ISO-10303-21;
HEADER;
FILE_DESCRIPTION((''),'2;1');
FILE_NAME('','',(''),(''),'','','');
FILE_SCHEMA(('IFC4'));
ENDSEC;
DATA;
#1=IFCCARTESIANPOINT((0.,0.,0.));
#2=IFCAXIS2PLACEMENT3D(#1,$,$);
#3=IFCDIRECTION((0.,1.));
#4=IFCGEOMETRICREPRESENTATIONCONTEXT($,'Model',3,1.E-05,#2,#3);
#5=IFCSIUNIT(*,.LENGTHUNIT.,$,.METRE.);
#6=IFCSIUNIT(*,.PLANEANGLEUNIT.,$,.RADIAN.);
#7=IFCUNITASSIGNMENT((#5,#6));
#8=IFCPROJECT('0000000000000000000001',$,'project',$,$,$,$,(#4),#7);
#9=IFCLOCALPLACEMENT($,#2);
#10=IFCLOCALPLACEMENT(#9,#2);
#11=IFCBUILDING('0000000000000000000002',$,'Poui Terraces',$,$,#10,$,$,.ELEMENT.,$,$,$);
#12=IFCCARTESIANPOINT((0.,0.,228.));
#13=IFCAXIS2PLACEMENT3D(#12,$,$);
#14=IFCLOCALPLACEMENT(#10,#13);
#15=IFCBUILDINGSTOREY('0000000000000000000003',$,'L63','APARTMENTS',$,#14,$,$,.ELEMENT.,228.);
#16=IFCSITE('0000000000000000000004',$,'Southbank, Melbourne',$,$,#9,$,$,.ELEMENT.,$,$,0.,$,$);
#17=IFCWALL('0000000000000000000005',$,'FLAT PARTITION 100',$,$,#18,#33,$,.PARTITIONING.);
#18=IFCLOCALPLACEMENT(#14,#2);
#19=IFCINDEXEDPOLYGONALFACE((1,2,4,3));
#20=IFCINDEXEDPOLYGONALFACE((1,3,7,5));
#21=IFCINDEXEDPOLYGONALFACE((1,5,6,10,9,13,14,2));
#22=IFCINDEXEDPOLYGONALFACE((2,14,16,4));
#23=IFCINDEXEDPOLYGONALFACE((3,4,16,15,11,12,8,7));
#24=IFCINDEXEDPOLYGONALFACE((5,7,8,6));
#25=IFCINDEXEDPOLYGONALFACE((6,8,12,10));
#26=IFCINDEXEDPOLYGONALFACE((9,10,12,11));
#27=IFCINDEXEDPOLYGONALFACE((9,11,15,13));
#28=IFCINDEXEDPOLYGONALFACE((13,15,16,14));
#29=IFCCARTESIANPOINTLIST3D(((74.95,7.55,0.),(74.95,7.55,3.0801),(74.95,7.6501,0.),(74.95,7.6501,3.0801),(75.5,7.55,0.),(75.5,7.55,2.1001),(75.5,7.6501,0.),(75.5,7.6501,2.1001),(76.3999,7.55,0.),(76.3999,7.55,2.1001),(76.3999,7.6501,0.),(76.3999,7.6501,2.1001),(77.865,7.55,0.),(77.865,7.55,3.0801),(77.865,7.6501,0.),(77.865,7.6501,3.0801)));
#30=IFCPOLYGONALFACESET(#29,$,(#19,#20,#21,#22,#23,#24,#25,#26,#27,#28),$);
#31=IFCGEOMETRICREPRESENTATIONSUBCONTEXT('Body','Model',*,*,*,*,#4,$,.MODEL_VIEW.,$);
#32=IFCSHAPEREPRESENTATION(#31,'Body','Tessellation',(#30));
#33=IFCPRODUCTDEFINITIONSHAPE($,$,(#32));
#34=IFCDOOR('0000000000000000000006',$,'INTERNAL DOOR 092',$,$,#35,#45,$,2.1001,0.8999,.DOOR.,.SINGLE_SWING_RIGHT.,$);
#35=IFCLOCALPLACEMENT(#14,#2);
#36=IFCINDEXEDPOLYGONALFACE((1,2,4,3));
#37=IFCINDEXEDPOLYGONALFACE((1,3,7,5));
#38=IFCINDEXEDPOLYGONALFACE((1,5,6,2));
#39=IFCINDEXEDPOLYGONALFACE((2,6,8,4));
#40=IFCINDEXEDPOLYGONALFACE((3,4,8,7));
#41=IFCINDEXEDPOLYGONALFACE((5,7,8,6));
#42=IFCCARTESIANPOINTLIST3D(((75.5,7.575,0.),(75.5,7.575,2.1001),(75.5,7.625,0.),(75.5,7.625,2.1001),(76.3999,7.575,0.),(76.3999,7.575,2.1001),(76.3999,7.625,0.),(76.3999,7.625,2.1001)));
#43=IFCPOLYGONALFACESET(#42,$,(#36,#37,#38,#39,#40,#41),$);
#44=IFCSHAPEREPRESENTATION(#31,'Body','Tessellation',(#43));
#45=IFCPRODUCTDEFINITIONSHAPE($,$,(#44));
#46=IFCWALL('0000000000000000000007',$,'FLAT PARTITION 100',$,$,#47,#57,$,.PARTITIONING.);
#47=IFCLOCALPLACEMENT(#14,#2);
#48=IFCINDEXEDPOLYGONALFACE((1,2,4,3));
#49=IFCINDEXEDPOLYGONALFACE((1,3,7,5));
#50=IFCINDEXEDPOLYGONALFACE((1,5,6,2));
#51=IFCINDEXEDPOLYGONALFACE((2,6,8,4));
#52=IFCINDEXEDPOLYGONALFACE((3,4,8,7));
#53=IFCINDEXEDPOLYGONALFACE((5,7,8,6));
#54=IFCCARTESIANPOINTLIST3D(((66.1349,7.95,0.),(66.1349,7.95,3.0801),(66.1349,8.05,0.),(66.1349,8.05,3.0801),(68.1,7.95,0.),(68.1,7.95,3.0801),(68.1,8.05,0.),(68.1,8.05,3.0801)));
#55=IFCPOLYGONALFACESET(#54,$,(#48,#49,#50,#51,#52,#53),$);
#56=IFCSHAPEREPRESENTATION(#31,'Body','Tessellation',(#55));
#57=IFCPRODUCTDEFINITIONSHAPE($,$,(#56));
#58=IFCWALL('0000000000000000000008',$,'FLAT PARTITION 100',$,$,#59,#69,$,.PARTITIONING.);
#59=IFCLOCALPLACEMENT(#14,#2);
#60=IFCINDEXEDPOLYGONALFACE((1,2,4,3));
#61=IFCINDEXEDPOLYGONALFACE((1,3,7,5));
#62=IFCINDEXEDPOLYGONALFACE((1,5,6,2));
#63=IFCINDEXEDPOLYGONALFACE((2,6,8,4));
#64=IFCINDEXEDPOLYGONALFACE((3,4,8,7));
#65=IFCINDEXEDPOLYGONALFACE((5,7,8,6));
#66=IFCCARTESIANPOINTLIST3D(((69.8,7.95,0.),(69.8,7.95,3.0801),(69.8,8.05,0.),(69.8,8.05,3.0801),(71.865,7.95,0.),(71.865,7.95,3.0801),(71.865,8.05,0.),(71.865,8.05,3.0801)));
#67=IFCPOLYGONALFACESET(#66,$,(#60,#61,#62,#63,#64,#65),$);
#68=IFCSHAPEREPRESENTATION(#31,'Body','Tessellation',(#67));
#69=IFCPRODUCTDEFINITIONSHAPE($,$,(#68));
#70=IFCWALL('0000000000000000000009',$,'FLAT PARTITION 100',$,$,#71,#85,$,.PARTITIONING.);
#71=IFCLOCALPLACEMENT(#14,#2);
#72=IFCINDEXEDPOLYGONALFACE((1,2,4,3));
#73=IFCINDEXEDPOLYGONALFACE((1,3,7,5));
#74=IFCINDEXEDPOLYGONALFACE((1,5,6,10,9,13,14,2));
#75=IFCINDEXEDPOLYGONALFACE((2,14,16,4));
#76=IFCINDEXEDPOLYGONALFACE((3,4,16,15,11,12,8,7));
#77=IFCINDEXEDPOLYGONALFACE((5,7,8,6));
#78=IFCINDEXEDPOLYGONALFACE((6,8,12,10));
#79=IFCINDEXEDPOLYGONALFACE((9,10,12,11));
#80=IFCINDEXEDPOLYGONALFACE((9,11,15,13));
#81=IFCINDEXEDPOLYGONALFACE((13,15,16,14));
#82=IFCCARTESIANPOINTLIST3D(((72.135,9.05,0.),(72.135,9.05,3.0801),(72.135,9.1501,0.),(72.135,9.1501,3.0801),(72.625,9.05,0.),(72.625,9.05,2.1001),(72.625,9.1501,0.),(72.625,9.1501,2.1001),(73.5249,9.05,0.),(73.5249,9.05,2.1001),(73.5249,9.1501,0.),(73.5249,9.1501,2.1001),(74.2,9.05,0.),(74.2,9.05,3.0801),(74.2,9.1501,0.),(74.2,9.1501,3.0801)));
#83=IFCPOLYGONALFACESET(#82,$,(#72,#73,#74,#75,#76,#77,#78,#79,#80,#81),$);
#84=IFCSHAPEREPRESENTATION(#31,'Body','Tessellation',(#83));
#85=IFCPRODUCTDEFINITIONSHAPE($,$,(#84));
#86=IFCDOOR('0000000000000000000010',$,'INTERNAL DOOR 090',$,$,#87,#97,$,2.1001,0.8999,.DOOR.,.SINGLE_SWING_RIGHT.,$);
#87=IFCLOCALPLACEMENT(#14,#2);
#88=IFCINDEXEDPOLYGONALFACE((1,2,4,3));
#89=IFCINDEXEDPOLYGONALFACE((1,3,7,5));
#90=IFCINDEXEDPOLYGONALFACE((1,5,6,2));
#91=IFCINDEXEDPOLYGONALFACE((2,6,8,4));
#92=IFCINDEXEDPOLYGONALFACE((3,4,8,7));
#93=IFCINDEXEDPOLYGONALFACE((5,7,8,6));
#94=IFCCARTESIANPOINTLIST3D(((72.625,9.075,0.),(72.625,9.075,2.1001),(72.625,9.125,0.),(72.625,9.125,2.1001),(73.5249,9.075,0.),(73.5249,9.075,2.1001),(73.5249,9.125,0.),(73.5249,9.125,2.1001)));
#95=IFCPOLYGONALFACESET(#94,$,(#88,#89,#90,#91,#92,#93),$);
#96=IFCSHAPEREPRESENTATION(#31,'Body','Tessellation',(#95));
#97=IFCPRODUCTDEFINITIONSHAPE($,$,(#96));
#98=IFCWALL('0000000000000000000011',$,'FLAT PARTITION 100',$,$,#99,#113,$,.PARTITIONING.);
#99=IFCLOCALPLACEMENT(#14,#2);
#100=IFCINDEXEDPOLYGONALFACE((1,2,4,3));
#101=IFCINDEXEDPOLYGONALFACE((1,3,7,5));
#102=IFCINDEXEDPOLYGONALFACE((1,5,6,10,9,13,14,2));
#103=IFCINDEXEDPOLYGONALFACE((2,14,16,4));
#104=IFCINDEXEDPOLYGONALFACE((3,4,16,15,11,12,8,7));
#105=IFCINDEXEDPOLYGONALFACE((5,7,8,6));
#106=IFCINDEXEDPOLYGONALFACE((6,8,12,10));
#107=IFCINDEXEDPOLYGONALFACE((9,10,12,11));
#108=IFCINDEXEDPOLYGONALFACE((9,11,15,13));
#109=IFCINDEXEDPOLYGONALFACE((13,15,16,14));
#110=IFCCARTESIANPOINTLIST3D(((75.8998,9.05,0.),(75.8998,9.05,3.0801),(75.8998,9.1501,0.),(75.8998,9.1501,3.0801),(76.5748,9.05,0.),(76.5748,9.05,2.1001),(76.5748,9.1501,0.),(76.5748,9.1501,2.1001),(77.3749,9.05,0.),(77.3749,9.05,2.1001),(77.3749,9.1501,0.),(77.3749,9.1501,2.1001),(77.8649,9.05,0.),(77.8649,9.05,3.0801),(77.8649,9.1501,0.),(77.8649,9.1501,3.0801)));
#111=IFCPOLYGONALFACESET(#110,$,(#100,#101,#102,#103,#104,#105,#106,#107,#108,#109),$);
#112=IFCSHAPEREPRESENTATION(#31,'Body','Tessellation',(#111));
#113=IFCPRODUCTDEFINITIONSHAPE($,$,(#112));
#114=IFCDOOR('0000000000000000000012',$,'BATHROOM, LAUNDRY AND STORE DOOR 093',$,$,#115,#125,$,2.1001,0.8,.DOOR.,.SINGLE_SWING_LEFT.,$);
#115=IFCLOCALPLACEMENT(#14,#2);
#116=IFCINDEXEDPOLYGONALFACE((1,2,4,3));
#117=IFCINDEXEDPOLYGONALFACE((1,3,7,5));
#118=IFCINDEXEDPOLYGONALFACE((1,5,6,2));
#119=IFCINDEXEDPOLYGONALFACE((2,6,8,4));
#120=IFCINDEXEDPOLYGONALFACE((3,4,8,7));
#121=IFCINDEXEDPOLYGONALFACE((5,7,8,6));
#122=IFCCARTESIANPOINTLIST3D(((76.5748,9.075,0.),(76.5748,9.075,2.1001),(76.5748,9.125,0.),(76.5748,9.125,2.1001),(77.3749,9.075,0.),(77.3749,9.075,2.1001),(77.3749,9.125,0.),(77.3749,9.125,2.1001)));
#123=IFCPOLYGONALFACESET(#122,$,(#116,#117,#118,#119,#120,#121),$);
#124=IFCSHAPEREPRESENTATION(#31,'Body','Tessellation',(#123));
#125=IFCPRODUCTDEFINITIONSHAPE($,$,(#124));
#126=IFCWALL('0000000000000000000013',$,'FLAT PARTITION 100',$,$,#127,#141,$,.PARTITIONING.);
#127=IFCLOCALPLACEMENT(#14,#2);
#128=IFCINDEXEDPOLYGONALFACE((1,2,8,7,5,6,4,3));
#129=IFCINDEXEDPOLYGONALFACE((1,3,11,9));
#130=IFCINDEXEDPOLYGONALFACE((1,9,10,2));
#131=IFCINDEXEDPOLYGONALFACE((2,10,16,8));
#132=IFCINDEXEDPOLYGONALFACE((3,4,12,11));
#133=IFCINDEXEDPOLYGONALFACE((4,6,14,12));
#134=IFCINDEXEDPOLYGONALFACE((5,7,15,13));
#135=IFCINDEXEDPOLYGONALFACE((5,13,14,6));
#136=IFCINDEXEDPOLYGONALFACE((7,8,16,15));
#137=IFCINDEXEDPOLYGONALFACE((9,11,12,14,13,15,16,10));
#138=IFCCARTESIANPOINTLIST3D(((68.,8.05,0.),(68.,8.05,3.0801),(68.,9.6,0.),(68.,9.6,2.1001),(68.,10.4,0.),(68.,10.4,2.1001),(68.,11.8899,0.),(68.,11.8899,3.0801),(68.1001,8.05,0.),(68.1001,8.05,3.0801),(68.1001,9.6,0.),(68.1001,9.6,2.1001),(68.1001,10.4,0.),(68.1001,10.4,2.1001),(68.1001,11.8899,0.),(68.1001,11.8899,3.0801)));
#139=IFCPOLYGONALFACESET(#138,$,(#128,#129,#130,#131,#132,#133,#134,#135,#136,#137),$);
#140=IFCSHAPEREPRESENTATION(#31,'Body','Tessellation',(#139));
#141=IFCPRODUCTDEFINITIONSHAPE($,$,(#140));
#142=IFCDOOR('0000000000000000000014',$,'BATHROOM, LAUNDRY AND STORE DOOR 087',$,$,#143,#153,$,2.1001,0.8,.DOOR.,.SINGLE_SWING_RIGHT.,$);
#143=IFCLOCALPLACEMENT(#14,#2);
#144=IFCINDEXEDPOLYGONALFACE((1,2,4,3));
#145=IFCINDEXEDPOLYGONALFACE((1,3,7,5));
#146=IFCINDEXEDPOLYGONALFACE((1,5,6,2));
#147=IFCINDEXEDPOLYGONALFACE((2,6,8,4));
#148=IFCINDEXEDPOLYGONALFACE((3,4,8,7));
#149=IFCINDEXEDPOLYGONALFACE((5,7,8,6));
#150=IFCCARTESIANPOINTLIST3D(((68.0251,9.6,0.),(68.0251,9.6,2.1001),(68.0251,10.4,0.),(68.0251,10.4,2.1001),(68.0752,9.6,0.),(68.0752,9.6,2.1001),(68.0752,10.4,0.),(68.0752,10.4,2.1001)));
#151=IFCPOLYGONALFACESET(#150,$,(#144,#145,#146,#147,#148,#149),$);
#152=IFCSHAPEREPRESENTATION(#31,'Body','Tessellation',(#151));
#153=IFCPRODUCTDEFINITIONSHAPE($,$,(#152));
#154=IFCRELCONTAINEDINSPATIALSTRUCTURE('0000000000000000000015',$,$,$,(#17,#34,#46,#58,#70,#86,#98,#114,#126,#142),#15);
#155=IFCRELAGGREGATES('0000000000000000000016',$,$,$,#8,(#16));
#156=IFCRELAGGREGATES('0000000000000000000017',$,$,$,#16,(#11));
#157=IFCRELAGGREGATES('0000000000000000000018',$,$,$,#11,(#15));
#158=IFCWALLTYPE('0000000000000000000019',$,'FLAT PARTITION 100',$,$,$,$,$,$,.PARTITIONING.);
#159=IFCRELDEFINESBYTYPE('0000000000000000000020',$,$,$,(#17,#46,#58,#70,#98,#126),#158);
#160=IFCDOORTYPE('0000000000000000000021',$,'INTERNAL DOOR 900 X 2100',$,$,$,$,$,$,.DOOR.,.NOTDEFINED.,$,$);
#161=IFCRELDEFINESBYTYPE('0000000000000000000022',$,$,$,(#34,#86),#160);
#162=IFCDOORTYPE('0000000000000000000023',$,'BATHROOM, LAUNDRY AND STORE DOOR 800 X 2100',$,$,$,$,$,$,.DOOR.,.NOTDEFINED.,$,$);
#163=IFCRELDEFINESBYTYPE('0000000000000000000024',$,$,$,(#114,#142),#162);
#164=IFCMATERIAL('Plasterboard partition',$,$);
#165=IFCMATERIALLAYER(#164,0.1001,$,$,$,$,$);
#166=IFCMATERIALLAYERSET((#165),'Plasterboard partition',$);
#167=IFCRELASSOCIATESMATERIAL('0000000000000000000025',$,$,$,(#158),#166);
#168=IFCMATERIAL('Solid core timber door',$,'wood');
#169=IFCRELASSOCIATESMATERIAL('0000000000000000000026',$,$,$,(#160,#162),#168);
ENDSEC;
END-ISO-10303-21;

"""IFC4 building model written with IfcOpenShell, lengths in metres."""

from ifc_helpers import new_model, si_unit, direction, frame, frame_2d, origin, place, context, subcontext, project, spatial, rectangle, extrude, material, layer, layer_set, type_object, element, fill, save


model = new_model("IFC4")

# Units and contexts
model_context = context("Model", 3, precision=1e-05, world=origin(), true_north=direction((0.0, 1.0)))
body_context = subcontext(model_context, "Body", "Model", "MODEL_VIEW")
ifc_project = project(units=[si_unit("LENGTHUNIT", "METRE"), si_unit("PLANEANGLEUNIT", "RADIAN")], contexts=[model_context])

# Site, building, storey
site_placement = place(None, origin())
site = spatial("IfcSite", under=ifc_project, at=site_placement, Name="Southbank, Melbourne", CompositionType="ELEMENT", RefElevation=0.0)
building_placement = place(site_placement, origin())
building = spatial("IfcBuilding", under=site, at=building_placement, Name="Poui Terraces", CompositionType="ELEMENT")
storey_placement = place(building_placement, frame((0.0, 0.0, 228.0)))
storey = spatial("IfcBuildingStorey", under=building, at=storey_placement, Name="L63", Description="APARTMENTS", CompositionType="ELEMENT", Elevation=228.0)

# Wall, opening, door
ifc_material_1 = material(Name="Plasterboard partition")
ifc_layer_1 = layer(ifc_material_1, 0.1001)
ifc_layer_set_1 = layer_set([ifc_layer_1], Name="Plasterboard partition")
wall_type_1 = type_object("IfcWallType", Name="FLAT PARTITION 100", PredefinedType="PARTITIONING", material=ifc_layer_set_1)
wall_1_placement = place(storey_placement, frame((74.95, 7.6001, 0.0), z_axis=(0.0, 0.0, 1.0), x_axis=(1.0, 0.0, 0.0)))
wall_1 = element("IfcWall", 1, at=wall_1_placement, inside=storey, type_object=wall_type_1, Name="FLAT PARTITION 100", PredefinedType="PARTITIONING", context=body_context, shape_type="SweptSolid", body=[
    extrude(rectangle(XDim=2.915, YDim=0.1001, at=frame_2d((1.4575, 0.0))), origin(), (0.0, 0.0, 1.0), 3.0801),
])
opening_1_placement = place(wall_1_placement, frame((0.55, 0.0, 0.0)))
opening_1 = element("IfcOpeningElement", 2, at=opening_1_placement, cuts=wall_1, PredefinedType="OPENING", context=body_context, shape_type="SweptSolid", body=[
    extrude(rectangle(XDim=0.8999, YDim=2.1001, at=frame_2d((0.45, 1.05))), frame((0.0, 0.0601, 0.0), z_axis=(0.0, -1.0, 0.0), x_axis=(1.0, 0.0, 0.0)), (0.0, 0.0, 1.0), 0.1201),
])
ifc_material_2 = material(Name="Solid core timber door", Category="wood")
door_type_1 = type_object("IfcDoorType", Name="INTERNAL DOOR 900 X 2100", OperationType="NOTDEFINED", PredefinedType="DOOR", material=ifc_material_2)
door_1_placement = place(opening_1_placement, origin())
door_1 = element("IfcDoor", 3, at=door_1_placement, inside=storey, type_object=door_type_1, Name="INTERNAL DOOR 092", OperationType="SINGLE_SWING_RIGHT", OverallHeight=2.1001, OverallWidth=0.8999, PredefinedType="DOOR", context=body_context, shape_type="SweptSolid", body=[
    extrude(rectangle(XDim=0.8999, YDim=2.1001, at=frame_2d((0.45, 1.05))), frame((0.0, 0.0249, 0.0), z_axis=(0.0, -1.0, 0.0), x_axis=(1.0, 0.0, 0.0)), (0.0, 0.0, 1.0), 0.05),
])
fill(opening_1, door_1)

# Walls
wall_2_placement = place(storey_placement, frame((66.135, 8.0, 0.0), z_axis=(0.0, 0.0, 1.0), x_axis=(1.0, 0.0, 0.0)))
element("IfcWall", 4, at=wall_2_placement, inside=storey, type_object=wall_type_1, Name="FLAT PARTITION 100", PredefinedType="PARTITIONING", context=body_context, shape_type="SweptSolid", body=[
    extrude(rectangle(XDim=1.9651, YDim=0.1001, at=frame_2d((0.9824, 0.0))), origin(), (0.0, 0.0, 1.0), 3.0801),
])
wall_3_placement = place(storey_placement, frame((69.8, 8.0, 0.0), z_axis=(0.0, 0.0, 1.0), x_axis=(1.0, 0.0, 0.0)))
element("IfcWall", 5, at=wall_3_placement, inside=storey, type_object=wall_type_1, Name="FLAT PARTITION 100", PredefinedType="PARTITIONING", context=body_context, shape_type="SweptSolid", body=[
    extrude(rectangle(XDim=2.0649, YDim=0.1001, at=frame_2d((1.0325, 0.0))), origin(), (0.0, 0.0, 1.0), 3.0801),
])

# Walls, openings, doors
wall_4_placement = place(storey_placement, frame((72.135, 9.1001, 0.0), z_axis=(0.0, 0.0, 1.0), x_axis=(1.0, 0.0, 0.0)))
wall_4 = element("IfcWall", 6, at=wall_4_placement, inside=storey, type_object=wall_type_1, Name="FLAT PARTITION 100", PredefinedType="PARTITIONING", context=body_context, shape_type="SweptSolid", body=[
    extrude(rectangle(XDim=2.0649, YDim=0.1001, at=frame_2d((1.0325, 0.0))), origin(), (0.0, 0.0, 1.0), 3.0801),
])
opening_2_placement = place(wall_4_placement, frame((0.49, 0.0, 0.0)))
opening_2 = element("IfcOpeningElement", 7, at=opening_2_placement, cuts=wall_4, PredefinedType="OPENING", context=body_context, shape_type="SweptSolid", body=[
    extrude(rectangle(XDim=0.8999, YDim=2.1001, at=frame_2d((0.45, 1.05))), frame((0.0, 0.0601, 0.0), z_axis=(0.0, -1.0, 0.0), x_axis=(1.0, 0.0, 0.0)), (0.0, 0.0, 1.0), 0.1201),
])
door_2_placement = place(opening_2_placement, origin())
door_2 = element("IfcDoor", 8, at=door_2_placement, inside=storey, type_object=door_type_1, Name="INTERNAL DOOR 090", OperationType="SINGLE_SWING_RIGHT", OverallHeight=2.1001, OverallWidth=0.8999, PredefinedType="DOOR", context=body_context, shape_type="SweptSolid", body=[
    extrude(rectangle(XDim=0.8999, YDim=2.1001, at=frame_2d((0.45, 1.05))), frame((0.0, 0.0249, 0.0), z_axis=(0.0, -1.0, 0.0), x_axis=(1.0, 0.0, 0.0)), (0.0, 0.0, 1.0), 0.05),
])
fill(opening_2, door_2)
wall_5_placement = place(storey_placement, frame((75.8999, 9.1001, 0.0), z_axis=(0.0, 0.0, 1.0), x_axis=(1.0, 0.0, 0.0)))
wall_5 = element("IfcWall", 9, at=wall_5_placement, inside=storey, type_object=wall_type_1, Name="FLAT PARTITION 100", PredefinedType="PARTITIONING", context=body_context, shape_type="SweptSolid", body=[
    extrude(rectangle(XDim=1.9651, YDim=0.1001, at=frame_2d((0.9824, 0.0))), origin(), (0.0, 0.0, 1.0), 3.0801),
])
opening_3_placement = place(wall_5_placement, frame((0.675, 0.0, 0.0)))
opening_3 = element("IfcOpeningElement", 10, at=opening_3_placement, cuts=wall_5, PredefinedType="OPENING", context=body_context, shape_type="SweptSolid", body=[
    extrude(rectangle(XDim=0.8, YDim=2.1001, at=frame_2d((0.3999, 1.05))), frame((0.0, 0.0601, 0.0), z_axis=(0.0, -1.0, 0.0), x_axis=(1.0, 0.0, 0.0)), (0.0, 0.0, 1.0), 0.1201),
])
door_type_2 = type_object("IfcDoorType", Name="BATHROOM, LAUNDRY AND STORE DOOR 800 X 2100", OperationType="NOTDEFINED", PredefinedType="DOOR", material=ifc_material_2)
door_3_placement = place(opening_3_placement, origin())
door_3 = element("IfcDoor", 11, at=door_3_placement, inside=storey, type_object=door_type_2, Name="BATHROOM, LAUNDRY AND STORE DOOR 093", OperationType="SINGLE_SWING_LEFT", OverallHeight=2.1001, OverallWidth=0.8, PredefinedType="DOOR", context=body_context, shape_type="SweptSolid", body=[
    extrude(rectangle(XDim=0.8, YDim=2.1001, at=frame_2d((0.3999, 1.05))), frame((0.0, 0.0249, 0.0), z_axis=(0.0, -1.0, 0.0), x_axis=(1.0, 0.0, 0.0)), (0.0, 0.0, 1.0), 0.05),
])
fill(opening_3, door_3)
wall_6_placement = place(storey_placement, frame((68.05, 8.05, 0.0), z_axis=(0.0, 0.0, 1.0), x_axis=(0.0, 1.0, 0.0)))
wall_6 = element("IfcWall", 12, at=wall_6_placement, inside=storey, type_object=wall_type_1, Name="FLAT PARTITION 100", PredefinedType="PARTITIONING", context=body_context, shape_type="SweptSolid", body=[
    extrude(rectangle(XDim=3.8398, YDim=0.1001, at=frame_2d((1.9199, 0.0))), origin(), (0.0, 0.0, 1.0), 3.0801),
])
opening_4_placement = place(wall_6_placement, frame((1.55, 0.0, 0.0)))
opening_4 = element("IfcOpeningElement", 13, at=opening_4_placement, cuts=wall_6, PredefinedType="OPENING", context=body_context, shape_type="SweptSolid", body=[
    extrude(rectangle(XDim=0.8, YDim=2.1001, at=frame_2d((0.3999, 1.05))), frame((0.0, 0.0601, 0.0), z_axis=(0.0, -1.0, 0.0), x_axis=(1.0, 0.0, 0.0)), (0.0, 0.0, 1.0), 0.1201),
])
door_4_placement = place(opening_4_placement, origin())
door_4 = element("IfcDoor", 14, at=door_4_placement, inside=storey, type_object=door_type_2, Name="BATHROOM, LAUNDRY AND STORE DOOR 087", OperationType="SINGLE_SWING_RIGHT", OverallHeight=2.1001, OverallWidth=0.8, PredefinedType="DOOR", context=body_context, shape_type="SweptSolid", body=[
    extrude(rectangle(XDim=0.8, YDim=2.1001, at=frame_2d((0.3999, 1.05))), frame((0.0, 0.0249, 0.0), z_axis=(0.0, -1.0, 0.0), x_axis=(1.0, 0.0, 0.0)), (0.0, 0.0, 1.0), 0.05),
])
fill(opening_4, door_4)

save(model, "model.ifc")
